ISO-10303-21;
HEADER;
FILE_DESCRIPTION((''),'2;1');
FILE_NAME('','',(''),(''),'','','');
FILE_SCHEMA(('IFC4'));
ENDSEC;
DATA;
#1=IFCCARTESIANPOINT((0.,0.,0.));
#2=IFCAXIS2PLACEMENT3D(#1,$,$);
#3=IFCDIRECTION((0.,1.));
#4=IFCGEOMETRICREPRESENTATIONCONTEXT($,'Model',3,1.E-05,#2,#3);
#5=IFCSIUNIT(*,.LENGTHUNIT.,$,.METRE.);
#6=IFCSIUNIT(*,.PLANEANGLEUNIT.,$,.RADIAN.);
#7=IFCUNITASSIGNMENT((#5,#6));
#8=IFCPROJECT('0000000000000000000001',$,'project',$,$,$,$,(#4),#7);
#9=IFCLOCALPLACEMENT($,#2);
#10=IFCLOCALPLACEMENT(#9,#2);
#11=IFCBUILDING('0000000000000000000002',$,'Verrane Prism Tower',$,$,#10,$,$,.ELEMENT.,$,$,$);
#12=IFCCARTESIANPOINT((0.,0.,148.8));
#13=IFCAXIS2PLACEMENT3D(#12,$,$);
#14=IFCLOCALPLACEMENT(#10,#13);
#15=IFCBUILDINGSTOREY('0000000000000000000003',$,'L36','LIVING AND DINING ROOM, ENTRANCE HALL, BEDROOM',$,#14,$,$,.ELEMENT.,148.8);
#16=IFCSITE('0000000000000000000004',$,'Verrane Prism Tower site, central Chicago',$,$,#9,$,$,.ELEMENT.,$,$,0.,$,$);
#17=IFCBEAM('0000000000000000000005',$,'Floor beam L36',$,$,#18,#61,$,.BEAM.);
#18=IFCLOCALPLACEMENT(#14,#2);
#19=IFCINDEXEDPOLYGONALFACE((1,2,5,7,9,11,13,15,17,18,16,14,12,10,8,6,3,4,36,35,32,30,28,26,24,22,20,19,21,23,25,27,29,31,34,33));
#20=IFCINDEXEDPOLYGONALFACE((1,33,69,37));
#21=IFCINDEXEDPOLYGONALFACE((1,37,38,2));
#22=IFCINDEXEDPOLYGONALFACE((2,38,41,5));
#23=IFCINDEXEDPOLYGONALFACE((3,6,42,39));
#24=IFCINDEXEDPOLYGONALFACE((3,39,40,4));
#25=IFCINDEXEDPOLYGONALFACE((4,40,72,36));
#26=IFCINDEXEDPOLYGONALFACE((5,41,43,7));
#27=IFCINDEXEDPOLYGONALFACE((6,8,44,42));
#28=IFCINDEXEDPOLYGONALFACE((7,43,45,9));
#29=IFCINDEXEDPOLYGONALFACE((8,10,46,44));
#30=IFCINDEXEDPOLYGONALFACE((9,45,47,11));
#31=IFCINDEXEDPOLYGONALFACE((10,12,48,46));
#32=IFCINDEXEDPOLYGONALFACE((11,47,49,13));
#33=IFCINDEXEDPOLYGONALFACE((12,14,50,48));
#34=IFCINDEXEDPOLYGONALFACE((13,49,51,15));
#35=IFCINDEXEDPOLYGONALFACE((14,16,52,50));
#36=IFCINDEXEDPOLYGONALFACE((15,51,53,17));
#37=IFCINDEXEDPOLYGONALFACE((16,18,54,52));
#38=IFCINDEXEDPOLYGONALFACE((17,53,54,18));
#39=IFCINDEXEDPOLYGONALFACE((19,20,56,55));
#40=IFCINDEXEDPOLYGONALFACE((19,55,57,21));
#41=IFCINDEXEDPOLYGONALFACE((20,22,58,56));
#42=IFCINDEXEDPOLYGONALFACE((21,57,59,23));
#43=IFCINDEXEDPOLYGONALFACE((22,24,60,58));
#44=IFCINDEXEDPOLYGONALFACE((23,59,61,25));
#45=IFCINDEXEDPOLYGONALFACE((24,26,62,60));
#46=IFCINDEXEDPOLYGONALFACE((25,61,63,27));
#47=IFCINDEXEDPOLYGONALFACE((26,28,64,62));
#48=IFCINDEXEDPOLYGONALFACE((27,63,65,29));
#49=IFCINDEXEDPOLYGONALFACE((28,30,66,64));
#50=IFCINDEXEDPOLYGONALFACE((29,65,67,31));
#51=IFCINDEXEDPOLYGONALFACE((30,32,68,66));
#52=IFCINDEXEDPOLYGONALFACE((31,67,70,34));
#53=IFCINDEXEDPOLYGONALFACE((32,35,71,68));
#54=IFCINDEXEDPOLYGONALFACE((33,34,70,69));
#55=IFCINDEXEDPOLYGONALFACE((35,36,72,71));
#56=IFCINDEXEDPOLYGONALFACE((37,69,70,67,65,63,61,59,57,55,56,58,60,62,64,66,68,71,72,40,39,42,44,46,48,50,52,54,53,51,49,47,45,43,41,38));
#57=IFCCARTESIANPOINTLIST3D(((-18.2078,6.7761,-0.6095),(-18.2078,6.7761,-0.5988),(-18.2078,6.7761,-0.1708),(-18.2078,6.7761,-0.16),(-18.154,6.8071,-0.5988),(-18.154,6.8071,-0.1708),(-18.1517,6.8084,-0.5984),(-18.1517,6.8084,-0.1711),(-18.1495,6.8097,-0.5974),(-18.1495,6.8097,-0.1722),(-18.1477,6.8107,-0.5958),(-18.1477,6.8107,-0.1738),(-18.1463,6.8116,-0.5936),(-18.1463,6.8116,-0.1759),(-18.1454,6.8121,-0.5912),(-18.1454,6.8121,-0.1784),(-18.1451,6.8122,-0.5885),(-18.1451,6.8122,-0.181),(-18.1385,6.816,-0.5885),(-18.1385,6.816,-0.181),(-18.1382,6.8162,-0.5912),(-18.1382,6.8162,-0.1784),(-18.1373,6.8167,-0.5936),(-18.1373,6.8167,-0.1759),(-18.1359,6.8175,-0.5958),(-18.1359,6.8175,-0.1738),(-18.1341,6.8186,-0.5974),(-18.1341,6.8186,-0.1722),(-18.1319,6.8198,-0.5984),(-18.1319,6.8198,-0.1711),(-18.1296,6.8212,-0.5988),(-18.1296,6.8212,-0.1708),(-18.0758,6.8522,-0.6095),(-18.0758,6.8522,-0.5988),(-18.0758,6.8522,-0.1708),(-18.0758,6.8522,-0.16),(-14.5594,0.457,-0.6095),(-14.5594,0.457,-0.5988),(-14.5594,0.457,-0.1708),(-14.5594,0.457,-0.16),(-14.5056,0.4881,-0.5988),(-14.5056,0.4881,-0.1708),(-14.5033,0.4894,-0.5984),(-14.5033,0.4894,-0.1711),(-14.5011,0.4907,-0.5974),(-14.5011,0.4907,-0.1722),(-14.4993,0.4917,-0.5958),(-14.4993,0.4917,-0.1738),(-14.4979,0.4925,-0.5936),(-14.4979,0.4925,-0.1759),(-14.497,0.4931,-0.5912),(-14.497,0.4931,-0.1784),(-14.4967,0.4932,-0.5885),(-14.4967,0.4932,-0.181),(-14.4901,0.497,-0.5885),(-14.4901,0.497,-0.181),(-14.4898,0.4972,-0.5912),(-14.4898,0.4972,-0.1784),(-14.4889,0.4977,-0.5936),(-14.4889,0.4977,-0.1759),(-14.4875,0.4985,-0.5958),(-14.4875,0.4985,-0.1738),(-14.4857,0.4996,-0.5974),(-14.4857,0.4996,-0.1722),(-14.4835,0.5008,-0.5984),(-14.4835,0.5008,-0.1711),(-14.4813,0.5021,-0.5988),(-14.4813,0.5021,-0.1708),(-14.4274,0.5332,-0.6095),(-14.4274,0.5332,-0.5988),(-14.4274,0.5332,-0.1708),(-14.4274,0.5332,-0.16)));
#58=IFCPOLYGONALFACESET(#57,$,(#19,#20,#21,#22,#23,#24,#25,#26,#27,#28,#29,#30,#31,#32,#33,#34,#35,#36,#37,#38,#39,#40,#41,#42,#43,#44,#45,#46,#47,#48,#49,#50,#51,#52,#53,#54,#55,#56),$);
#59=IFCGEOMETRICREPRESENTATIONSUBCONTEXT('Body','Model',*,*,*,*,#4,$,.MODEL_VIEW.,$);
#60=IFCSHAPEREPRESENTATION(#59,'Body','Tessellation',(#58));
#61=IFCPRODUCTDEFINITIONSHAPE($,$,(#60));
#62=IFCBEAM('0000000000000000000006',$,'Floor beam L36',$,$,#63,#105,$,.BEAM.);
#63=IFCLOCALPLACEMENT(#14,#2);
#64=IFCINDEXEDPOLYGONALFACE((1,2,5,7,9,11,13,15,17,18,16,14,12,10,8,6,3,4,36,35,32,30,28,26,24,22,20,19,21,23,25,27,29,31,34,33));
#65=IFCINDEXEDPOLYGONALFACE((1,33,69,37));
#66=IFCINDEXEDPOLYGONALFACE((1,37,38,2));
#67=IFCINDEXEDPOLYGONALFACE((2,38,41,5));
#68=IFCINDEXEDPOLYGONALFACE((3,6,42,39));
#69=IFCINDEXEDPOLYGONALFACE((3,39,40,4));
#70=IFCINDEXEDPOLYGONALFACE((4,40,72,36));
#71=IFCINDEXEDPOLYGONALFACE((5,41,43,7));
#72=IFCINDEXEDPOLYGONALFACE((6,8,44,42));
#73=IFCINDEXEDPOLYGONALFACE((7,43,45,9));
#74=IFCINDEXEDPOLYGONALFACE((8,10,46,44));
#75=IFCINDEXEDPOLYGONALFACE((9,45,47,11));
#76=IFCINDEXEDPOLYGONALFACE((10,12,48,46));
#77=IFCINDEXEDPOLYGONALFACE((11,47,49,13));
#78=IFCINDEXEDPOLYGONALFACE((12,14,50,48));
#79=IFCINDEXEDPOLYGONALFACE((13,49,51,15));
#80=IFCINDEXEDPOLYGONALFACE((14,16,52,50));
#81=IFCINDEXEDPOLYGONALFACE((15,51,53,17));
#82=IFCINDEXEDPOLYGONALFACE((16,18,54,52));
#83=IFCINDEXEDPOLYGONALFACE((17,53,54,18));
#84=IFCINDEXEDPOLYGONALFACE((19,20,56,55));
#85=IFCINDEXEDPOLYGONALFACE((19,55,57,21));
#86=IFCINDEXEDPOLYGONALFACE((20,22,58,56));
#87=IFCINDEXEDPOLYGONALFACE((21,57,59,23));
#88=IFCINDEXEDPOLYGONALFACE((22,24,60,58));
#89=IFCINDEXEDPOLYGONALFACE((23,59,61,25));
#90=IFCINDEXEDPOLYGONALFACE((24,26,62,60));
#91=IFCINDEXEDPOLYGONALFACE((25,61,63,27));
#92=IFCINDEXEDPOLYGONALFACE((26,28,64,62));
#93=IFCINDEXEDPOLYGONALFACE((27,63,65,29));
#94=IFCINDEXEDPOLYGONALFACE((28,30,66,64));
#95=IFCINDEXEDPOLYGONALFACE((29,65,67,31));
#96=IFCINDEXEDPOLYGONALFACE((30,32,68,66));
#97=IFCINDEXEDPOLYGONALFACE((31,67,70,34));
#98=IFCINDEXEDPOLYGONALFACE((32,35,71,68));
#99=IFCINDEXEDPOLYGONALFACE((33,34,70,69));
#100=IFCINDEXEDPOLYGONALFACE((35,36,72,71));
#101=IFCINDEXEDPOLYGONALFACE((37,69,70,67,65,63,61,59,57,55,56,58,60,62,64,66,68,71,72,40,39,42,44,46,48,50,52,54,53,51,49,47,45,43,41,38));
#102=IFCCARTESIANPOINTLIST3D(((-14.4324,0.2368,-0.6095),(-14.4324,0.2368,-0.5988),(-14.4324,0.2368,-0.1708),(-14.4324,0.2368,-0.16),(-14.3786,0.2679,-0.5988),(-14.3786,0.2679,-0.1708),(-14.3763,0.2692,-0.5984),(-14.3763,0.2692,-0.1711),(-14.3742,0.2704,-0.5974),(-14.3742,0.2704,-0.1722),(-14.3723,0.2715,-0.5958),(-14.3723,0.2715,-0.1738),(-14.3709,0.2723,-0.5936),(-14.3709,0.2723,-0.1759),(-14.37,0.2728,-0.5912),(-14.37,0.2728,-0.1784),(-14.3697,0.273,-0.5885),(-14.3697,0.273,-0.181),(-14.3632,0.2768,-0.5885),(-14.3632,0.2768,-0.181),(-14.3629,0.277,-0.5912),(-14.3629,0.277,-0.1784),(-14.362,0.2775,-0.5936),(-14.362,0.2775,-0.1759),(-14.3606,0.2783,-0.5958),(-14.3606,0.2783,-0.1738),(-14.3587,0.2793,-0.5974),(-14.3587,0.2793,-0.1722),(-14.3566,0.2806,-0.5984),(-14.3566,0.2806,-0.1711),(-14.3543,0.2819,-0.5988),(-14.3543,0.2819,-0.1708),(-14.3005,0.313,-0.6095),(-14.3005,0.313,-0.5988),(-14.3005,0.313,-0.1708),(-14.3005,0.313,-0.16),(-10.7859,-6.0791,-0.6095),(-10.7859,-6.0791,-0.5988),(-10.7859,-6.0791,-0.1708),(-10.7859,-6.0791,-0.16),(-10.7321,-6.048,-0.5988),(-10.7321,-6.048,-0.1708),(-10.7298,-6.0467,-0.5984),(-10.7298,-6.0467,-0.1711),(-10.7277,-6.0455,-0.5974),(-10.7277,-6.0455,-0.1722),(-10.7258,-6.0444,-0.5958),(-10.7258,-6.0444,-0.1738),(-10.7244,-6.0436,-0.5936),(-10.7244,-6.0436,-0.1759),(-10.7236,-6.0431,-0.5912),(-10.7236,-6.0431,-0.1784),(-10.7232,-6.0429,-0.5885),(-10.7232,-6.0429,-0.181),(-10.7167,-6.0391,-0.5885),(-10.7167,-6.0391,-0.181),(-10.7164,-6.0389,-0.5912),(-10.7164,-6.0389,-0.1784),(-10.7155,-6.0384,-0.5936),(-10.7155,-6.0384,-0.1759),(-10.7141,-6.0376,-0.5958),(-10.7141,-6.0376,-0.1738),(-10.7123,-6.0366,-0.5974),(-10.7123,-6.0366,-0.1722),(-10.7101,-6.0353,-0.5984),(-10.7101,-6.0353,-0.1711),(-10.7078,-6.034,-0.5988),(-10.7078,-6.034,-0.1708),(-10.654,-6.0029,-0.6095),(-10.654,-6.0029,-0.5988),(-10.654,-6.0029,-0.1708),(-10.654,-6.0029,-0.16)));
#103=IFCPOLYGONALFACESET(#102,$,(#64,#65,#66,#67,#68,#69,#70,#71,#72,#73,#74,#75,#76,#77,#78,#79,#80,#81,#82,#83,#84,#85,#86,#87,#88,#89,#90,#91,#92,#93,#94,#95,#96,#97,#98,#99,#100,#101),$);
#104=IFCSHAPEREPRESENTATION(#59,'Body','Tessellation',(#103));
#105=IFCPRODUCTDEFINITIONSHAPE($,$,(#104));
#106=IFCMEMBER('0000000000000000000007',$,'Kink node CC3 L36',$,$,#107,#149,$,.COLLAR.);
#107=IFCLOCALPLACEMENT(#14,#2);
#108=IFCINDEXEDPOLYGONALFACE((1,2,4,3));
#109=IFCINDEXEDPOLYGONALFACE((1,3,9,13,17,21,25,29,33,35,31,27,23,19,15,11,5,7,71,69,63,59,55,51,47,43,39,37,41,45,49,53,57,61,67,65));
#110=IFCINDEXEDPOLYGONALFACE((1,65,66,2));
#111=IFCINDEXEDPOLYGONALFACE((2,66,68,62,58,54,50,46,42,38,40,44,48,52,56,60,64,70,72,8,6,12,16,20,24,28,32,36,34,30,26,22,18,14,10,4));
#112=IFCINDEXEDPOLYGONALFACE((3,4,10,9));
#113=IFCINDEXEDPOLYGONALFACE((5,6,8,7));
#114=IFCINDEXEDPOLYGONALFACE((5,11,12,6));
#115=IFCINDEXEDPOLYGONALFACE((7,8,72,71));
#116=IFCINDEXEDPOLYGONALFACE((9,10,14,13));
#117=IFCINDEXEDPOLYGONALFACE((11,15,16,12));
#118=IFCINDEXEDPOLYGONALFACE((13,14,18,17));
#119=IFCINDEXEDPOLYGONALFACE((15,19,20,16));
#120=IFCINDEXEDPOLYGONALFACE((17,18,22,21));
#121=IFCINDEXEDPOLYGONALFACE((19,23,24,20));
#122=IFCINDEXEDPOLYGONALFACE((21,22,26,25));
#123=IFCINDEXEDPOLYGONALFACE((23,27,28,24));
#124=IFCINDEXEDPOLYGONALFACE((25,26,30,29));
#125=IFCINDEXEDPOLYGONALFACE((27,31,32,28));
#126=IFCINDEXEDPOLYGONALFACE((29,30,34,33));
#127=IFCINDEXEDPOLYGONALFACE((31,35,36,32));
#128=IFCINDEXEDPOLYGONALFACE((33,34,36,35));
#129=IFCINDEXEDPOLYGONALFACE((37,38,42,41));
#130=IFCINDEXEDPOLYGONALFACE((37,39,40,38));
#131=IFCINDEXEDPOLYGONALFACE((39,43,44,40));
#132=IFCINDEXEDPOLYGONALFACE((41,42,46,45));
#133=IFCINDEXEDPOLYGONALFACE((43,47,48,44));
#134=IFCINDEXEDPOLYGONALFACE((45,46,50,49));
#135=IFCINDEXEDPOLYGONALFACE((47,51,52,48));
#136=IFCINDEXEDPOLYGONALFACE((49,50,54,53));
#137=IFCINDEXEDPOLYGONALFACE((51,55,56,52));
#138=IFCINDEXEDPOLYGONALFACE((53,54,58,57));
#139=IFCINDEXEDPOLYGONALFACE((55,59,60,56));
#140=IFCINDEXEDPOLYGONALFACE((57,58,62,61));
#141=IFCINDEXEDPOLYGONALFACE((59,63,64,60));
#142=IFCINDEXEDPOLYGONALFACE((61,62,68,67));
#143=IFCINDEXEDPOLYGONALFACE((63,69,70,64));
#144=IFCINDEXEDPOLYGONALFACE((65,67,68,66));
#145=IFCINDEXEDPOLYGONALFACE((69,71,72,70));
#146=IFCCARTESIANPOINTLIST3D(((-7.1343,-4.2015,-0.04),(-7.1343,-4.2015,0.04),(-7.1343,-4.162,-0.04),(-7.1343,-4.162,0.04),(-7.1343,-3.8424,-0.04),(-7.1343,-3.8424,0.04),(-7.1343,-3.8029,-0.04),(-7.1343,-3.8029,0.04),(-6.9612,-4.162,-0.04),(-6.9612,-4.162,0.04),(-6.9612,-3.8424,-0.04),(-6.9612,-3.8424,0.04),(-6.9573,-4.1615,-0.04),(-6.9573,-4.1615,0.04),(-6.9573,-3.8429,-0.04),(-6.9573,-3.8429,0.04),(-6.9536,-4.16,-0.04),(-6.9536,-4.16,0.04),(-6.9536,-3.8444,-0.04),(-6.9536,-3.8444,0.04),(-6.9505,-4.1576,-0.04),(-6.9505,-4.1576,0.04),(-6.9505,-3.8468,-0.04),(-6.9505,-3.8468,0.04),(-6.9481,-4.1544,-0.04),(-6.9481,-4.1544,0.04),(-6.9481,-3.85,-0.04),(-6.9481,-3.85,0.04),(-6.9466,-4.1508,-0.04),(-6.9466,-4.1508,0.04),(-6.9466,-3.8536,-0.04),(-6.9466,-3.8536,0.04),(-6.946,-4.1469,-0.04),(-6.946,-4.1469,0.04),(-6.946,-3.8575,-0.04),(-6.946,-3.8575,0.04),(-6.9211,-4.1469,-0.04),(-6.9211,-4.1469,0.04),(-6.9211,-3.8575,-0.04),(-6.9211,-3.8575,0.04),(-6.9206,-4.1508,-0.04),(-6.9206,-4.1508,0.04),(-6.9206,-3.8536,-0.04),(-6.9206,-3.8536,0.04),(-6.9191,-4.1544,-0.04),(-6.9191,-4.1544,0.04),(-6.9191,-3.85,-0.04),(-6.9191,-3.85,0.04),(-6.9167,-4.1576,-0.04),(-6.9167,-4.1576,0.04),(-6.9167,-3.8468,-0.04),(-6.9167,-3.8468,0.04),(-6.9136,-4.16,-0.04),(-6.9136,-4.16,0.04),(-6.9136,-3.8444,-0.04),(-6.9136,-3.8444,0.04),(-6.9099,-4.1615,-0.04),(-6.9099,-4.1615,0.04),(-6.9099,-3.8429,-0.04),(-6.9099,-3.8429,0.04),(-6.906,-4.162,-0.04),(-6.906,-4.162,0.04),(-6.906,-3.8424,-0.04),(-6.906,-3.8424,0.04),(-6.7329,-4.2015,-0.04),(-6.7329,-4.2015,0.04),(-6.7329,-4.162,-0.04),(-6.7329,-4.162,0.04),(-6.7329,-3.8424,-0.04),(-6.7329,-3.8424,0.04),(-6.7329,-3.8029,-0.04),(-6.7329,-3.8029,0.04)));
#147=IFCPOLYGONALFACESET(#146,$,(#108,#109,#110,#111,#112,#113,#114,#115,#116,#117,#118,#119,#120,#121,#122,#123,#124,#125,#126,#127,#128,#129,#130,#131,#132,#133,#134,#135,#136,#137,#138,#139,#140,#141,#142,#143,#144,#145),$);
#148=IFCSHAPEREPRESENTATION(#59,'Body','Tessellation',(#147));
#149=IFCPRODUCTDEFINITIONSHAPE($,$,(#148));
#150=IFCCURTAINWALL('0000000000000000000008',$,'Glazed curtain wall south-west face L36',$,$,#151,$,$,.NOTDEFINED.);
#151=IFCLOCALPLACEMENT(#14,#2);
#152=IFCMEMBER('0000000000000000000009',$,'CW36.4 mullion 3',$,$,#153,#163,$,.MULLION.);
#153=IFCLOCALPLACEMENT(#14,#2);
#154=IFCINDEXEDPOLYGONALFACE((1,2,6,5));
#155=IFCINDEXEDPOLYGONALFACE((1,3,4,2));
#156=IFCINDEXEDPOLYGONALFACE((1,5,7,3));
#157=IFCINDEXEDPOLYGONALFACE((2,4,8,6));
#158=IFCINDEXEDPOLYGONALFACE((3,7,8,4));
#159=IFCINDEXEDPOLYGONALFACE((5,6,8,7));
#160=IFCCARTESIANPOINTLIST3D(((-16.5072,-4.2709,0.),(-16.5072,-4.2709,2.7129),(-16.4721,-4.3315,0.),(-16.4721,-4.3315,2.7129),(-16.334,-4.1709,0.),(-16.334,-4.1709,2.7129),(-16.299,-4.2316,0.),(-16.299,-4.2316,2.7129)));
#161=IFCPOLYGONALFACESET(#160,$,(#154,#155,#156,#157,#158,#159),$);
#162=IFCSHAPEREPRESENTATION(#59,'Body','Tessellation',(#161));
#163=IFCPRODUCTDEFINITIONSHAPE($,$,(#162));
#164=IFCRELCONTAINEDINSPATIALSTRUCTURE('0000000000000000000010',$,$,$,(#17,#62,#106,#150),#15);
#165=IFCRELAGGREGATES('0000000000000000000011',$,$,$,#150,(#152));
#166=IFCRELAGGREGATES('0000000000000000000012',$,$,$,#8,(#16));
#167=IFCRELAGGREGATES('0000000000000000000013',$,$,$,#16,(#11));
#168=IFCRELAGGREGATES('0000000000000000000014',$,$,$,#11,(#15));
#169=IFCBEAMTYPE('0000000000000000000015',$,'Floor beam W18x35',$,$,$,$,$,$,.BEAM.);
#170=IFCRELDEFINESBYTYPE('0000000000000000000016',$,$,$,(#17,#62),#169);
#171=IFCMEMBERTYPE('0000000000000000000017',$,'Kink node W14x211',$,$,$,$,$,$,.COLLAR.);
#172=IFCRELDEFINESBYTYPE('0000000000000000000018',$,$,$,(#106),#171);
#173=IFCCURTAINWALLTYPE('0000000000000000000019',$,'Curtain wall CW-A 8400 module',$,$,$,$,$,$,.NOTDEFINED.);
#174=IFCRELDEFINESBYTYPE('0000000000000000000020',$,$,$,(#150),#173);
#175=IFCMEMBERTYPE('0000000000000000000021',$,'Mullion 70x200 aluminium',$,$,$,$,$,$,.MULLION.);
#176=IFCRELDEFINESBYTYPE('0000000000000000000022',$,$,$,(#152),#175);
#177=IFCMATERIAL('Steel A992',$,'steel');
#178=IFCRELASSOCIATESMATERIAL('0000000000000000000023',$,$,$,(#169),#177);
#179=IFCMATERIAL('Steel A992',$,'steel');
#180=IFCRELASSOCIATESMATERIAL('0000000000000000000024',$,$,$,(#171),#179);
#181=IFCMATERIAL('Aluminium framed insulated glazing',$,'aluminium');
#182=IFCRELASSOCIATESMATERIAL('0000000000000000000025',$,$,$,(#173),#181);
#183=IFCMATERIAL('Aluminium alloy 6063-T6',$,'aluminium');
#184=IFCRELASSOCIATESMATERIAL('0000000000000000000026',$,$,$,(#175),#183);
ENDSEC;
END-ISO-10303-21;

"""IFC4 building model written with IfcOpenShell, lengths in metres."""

from ifc_helpers import new_model, si_unit, direction, frame, origin, origin_2d, place, context, subcontext, project, spatial, rectangle, i_section, extrude, material, material_profile, profile_set, type_object, element, aggregate, save


model = new_model("IFC4")

# Units and contexts
model_context = context("Model", 3, precision=1e-05, world=origin(), true_north=direction((0.0, 1.0)))
body_context = subcontext(model_context, "Body", "Model", "MODEL_VIEW")
ifc_project = project(units=[si_unit("LENGTHUNIT", "METRE"), si_unit("PLANEANGLEUNIT", "RADIAN")], contexts=[model_context])

# Site, building, storey
site_placement = place(None, origin())
site = spatial("IfcSite", under=ifc_project, at=site_placement, Name="Verrane Prism Tower site, central Chicago", CompositionType="ELEMENT", RefElevation=0.0)
building_placement = place(site_placement, origin())
building = spatial("IfcBuilding", under=site, at=building_placement, Name="Verrane Prism Tower", CompositionType="ELEMENT")
storey_placement = place(building_placement, frame((0.0, 0.0, 148.8)))
storey = spatial("IfcBuildingStorey", under=building, at=storey_placement, Name="L36", Description="LIVING AND DINING ROOM, ENTRANCE HALL, BEDROOM", CompositionType="ELEMENT", Elevation=148.8)

# Beams
ifc_material_1 = material(Name="Steel A992", Category="steel")
ifc_material_profile_1 = material_profile(ifc_material_1, i_section(OverallWidth=0.1523, OverallDepth=0.4495, WebThickness=0.0076, FlangeThickness=0.0107, FilletRadius=0.0103, at=origin_2d()), Name="W18x35")
ifc_profile_set_1 = profile_set([ifc_material_profile_1], Name="Steel A992")
beam_type_1 = type_object("IfcBeamType", Name="Floor beam W18x35", PredefinedType="BEAM", material=ifc_profile_set_1)
beam_1_placement = place(storey_placement, frame((-14.4934, 0.4951, -0.3848), z_axis=(-0.500011, 0.866019, 0.0), x_axis=(-0.866019, -0.500011, 0.0)))
element("IfcBeam", 1, at=beam_1_placement, inside=storey, type_object=beam_type_1, Name="Floor beam L36", PredefinedType="BEAM", context=body_context, shape_type="SweptSolid", body=[
    extrude(i_section(OverallWidth=0.1523, OverallDepth=0.4495, WebThickness=0.0076, FlangeThickness=0.0107, FilletRadius=0.0103, at=origin_2d()), origin(), (0.0, 0.0, 1.0), 7.2966),
])
beam_2_placement = place(storey_placement, frame((-10.72, -6.041, -0.3848), z_axis=(-0.499999, 0.866026, 0.0), x_axis=(-0.866026, -0.499999, 0.0)))
element("IfcBeam", 2, at=beam_2_placement, inside=storey, type_object=beam_type_1, Name="Floor beam L36", PredefinedType="BEAM", context=body_context, shape_type="SweptSolid", body=[
    extrude(i_section(OverallWidth=0.1523, OverallDepth=0.4495, WebThickness=0.0076, FlangeThickness=0.0107, FilletRadius=0.0103, at=origin_2d()), origin(), (0.0, 0.0, 1.0), 7.293),
])

# Member
ifc_material_2 = material(Name="Steel A992", Category="steel")
ifc_material_profile_2 = material_profile(ifc_material_2, i_section(OverallWidth=0.4014, OverallDepth=0.3987, WebThickness=0.0249, FlangeThickness=0.0396, FilletRadius=0.0151, at=origin_2d()), Name="W14x211")
ifc_profile_set_2 = profile_set([ifc_material_profile_2], Name="Steel A992")
member_type_1 = type_object("IfcMemberType", Name="Kink node W14x211", PredefinedType="COLLAR", material=ifc_profile_set_2)
member_1_placement = place(storey_placement, frame((-6.9336, -4.0022, -0.04), z_axis=(0.0, 0.0, 1.0), x_axis=(1.0, 0.0, 0.0)))
element("IfcMember", 3, at=member_1_placement, inside=storey, type_object=member_type_1, Name="Kink node CC3 L36", PredefinedType="COLLAR", context=body_context, shape_type="SweptSolid", body=[
    extrude(i_section(OverallWidth=0.4014, OverallDepth=0.3987, WebThickness=0.0249, FlangeThickness=0.0396, FilletRadius=0.0151, at=origin_2d()), origin(), (0.0, 0.0, 1.0), 0.0801),
])

# Curtain wall, member
ifc_material_3 = material(Name="Aluminium framed insulated glazing", Category="aluminium")
curtain_wall_type = type_object("IfcCurtainWallType", Name="Curtain wall CW-A 8400 module", PredefinedType="NOTDEFINED", material=ifc_material_3)
curtain_wall_placement = place(storey_placement, origin())
curtain_wall = element("IfcCurtainWall", 4, at=curtain_wall_placement, inside=storey, type_object=curtain_wall_type, Name="Glazed curtain wall south-west face L36", PredefinedType="NOTDEFINED")
ifc_material_4 = material(Name="Aluminium alloy 6063-T6", Category="aluminium")
ifc_material_profile_3 = material_profile(ifc_material_4, rectangle(XDim=0.2, YDim=0.0701, at=origin_2d()), Name="Mullion 70x200 aluminium")
ifc_profile_set_3 = profile_set([ifc_material_profile_3], Name="Aluminium alloy 6063-T6")
member_type_2 = type_object("IfcMemberType", Name="Mullion 70x200 aluminium", PredefinedType="MULLION", material=ifc_profile_set_3)
member_2_placement = place(storey_placement, frame((-16.4031, -4.2512, 0.0), z_axis=(0.0, 0.0, 1.0), x_axis=(0.866025, 0.500001, 0.0)))
member_2 = element("IfcMember", 5, at=member_2_placement, type_object=member_type_2, Name="CW36.4 mullion 3", PredefinedType="MULLION", context=body_context, shape_type="SweptSolid", body=[
    extrude(rectangle(XDim=0.2, YDim=0.0701, at=origin_2d()), origin(), (0.0, 0.0, 1.0), 2.7129),
])

aggregate(curtain_wall, [member_2])

save(model, "model.ifc")
